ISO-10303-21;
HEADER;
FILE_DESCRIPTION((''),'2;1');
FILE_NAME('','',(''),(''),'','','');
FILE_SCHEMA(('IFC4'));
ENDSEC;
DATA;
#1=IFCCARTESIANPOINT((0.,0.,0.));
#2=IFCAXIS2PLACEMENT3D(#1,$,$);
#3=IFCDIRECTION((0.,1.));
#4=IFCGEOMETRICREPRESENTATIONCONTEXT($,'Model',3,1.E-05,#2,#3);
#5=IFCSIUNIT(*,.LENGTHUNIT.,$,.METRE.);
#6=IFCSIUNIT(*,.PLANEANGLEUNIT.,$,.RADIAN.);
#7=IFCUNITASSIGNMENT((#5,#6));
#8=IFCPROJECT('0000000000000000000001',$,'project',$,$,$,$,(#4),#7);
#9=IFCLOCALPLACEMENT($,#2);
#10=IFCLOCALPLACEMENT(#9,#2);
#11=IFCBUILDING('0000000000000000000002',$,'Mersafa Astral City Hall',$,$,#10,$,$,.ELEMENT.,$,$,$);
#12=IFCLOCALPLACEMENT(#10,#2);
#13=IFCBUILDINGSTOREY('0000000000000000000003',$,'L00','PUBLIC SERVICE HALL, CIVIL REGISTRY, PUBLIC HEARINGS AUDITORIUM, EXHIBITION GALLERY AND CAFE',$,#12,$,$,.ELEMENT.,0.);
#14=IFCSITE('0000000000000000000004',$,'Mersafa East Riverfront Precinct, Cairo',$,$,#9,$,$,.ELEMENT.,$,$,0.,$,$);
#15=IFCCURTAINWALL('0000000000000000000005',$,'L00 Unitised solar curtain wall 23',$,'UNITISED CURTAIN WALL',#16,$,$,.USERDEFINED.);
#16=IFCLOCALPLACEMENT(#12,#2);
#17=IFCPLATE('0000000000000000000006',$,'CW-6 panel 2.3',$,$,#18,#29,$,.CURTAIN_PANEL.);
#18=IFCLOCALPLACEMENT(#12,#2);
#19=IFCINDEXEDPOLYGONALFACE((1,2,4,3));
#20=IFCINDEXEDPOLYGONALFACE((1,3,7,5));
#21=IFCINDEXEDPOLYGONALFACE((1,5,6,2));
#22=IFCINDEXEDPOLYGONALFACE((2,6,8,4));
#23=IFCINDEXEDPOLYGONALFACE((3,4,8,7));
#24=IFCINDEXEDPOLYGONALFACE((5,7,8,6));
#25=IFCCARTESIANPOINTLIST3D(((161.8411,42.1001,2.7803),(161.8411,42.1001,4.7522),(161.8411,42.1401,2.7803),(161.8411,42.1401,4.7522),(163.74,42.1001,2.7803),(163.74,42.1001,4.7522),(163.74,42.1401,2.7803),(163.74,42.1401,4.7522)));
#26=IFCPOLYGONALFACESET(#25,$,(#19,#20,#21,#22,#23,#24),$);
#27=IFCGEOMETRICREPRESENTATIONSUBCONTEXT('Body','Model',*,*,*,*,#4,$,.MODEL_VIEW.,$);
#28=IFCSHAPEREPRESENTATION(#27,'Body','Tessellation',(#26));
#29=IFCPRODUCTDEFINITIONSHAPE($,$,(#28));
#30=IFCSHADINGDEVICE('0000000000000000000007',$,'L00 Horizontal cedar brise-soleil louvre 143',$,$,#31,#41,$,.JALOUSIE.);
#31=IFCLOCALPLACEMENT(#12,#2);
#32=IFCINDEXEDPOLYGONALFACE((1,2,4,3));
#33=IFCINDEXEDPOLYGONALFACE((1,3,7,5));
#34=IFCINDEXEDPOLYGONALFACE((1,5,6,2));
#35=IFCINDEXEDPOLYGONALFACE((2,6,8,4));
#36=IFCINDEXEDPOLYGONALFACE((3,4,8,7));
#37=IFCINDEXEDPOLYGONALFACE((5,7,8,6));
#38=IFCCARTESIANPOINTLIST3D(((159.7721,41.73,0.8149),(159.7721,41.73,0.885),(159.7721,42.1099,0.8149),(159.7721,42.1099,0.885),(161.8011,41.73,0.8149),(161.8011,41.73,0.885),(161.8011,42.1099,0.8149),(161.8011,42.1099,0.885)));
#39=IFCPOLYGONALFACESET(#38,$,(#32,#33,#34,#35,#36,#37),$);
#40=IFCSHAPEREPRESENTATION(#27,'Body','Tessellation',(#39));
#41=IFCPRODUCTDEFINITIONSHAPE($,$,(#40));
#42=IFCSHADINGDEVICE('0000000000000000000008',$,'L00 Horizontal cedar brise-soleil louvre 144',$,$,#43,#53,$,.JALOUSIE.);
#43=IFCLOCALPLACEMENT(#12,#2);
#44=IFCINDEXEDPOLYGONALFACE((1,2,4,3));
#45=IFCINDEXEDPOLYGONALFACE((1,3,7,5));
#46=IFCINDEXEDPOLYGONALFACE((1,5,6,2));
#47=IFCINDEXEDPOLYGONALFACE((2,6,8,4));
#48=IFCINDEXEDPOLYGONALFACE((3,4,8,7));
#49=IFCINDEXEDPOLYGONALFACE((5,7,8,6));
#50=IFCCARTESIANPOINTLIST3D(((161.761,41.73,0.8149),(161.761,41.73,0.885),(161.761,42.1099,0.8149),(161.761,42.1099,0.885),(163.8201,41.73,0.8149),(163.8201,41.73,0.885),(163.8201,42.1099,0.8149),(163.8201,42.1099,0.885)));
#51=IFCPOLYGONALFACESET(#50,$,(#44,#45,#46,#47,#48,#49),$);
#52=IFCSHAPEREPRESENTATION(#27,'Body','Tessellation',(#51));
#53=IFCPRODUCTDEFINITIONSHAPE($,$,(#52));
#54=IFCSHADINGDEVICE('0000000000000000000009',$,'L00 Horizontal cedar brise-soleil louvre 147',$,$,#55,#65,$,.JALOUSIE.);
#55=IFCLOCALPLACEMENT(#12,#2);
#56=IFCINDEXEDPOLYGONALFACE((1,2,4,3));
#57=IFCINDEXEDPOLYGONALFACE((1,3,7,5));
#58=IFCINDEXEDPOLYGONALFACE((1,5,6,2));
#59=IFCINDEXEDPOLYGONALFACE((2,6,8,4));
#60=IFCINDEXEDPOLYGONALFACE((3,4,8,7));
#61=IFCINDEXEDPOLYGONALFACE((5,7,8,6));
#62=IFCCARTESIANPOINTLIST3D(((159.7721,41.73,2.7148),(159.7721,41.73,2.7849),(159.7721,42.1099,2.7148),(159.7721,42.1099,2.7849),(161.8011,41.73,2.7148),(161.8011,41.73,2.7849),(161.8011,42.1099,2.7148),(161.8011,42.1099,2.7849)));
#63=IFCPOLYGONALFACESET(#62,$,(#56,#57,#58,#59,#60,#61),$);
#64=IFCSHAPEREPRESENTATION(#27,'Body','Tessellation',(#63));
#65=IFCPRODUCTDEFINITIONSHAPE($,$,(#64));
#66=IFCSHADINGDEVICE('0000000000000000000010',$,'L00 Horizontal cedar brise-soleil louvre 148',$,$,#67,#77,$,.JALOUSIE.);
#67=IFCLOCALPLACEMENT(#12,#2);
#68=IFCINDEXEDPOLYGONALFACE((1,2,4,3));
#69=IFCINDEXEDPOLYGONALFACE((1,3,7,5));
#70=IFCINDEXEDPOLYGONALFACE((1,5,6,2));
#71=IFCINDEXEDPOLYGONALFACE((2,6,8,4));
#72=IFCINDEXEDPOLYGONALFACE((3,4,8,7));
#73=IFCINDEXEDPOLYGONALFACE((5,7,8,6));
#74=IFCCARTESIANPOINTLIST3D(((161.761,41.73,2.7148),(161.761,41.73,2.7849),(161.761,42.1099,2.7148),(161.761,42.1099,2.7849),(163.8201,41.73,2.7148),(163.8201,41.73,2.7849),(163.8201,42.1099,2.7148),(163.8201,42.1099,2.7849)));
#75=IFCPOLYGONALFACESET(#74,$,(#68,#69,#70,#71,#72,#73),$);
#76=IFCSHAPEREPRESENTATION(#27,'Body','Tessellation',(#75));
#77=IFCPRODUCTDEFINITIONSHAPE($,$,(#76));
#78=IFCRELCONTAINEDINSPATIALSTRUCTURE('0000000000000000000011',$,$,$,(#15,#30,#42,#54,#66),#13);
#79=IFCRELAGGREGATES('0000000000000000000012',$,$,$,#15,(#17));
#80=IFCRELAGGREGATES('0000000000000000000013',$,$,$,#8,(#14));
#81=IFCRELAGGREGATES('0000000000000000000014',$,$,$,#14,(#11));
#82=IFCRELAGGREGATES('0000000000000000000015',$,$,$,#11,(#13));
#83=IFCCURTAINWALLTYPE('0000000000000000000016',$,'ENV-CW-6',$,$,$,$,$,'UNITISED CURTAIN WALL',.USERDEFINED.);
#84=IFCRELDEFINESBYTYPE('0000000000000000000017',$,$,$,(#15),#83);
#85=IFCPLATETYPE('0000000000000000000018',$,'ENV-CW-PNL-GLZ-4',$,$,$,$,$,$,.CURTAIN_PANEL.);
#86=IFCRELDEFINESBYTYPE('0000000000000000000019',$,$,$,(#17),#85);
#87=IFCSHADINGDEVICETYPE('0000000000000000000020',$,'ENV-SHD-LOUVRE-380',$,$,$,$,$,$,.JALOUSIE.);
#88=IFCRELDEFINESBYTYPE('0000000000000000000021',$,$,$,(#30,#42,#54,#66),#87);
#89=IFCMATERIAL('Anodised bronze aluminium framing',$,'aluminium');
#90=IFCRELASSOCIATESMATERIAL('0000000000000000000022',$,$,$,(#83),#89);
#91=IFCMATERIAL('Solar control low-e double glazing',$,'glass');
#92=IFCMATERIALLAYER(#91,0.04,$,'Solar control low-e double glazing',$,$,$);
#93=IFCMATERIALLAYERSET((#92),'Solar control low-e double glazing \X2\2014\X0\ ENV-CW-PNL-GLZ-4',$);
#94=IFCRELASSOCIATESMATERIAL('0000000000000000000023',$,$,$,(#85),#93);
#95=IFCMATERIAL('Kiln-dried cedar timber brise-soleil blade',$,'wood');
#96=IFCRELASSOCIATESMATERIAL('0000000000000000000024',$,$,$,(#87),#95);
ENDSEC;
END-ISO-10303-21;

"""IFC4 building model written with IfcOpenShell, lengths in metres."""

from ifc_helpers import new_model, si_unit, direction, frame, origin, origin_2d, place, context, subcontext, project, spatial, rectangle, extrude, material, layer, layer_set, type_object, element, aggregate, save


model = new_model("IFC4")

# Units and contexts
model_context = context("Model", 3, precision=1e-05, world=origin(), true_north=direction((0.0, 1.0)))
body_context = subcontext(model_context, "Body", "Model", "MODEL_VIEW")
ifc_project = project(units=[si_unit("LENGTHUNIT", "METRE"), si_unit("PLANEANGLEUNIT", "RADIAN")], contexts=[model_context])

# Site, building, storey
site_placement = place(None, origin())
site = spatial("IfcSite", under=ifc_project, at=site_placement, Name="Mersafa East Riverfront Precinct, Cairo", CompositionType="ELEMENT", RefElevation=0.0)
building_placement = place(site_placement, origin())
building = spatial("IfcBuilding", under=site, at=building_placement, Name="Mersafa Astral City Hall", CompositionType="ELEMENT")
storey_placement = place(building_placement, origin())
storey = spatial("IfcBuildingStorey", under=building, at=storey_placement, Name="L00", Description="PUBLIC SERVICE HALL, CIVIL REGISTRY, PUBLIC HEARINGS AUDITORIUM, EXHIBITION GALLERY AND CAFE", CompositionType="ELEMENT", Elevation=0.0)

# Curtain wall
ifc_material_1 = material(Name="Anodised bronze aluminium framing", Category="aluminium")
curtain_wall_type = type_object("IfcCurtainWallType", Name="ENV-CW-6", ElementType="UNITISED CURTAIN WALL", PredefinedType="USERDEFINED", material=ifc_material_1)
curtain_wall_placement = place(storey_placement, origin())
curtain_wall = element("IfcCurtainWall", 1, at=curtain_wall_placement, inside=storey, type_object=curtain_wall_type, Name="L00 Unitised solar curtain wall 23", ObjectType="UNITISED CURTAIN WALL", PredefinedType="USERDEFINED")

# Plate
ifc_material_2 = material(Name="Solar control low-e double glazing", Category="glass")
ifc_layer = layer(ifc_material_2, 0.04, Name="Solar control low-e double glazing")
ifc_layer_set = layer_set([ifc_layer], Name="Solar control low-e double glazing — ENV-CW-PNL-GLZ-4")
plate_type = type_object("IfcPlateType", Name="ENV-CW-PNL-GLZ-4", PredefinedType="CURTAIN_PANEL", material=ifc_layer_set)
plate_1_placement = place(storey_placement, frame((162.7905, 42.1201, 2.7803), z_axis=(0.0, 0.0, 1.0), x_axis=(1.0, 0.0, 0.0)))
plate_1 = element("IfcPlate", 2, at=plate_1_placement, type_object=plate_type, Name="CW-6 panel 2.3", PredefinedType="CURTAIN_PANEL", context=body_context, shape_type="SweptSolid", body=[
    extrude(rectangle(XDim=1.8989, YDim=0.04, at=origin_2d()), origin(), (0.0, 0.0, 1.0), 1.9719),
])
aggregate(curtain_wall, [plate_1])

# Shading devices
ifc_material_3 = material(Name="Kiln-dried cedar timber brise-soleil blade", Category="wood")
shading_device_type = type_object("IfcShadingDeviceType", Name="ENV-SHD-LOUVRE-380", PredefinedType="JALOUSIE", material=ifc_material_3)
shading_device_1_placement = place(storey_placement, frame((160.7866, 41.9199, 0.8149), z_axis=(0.0, 0.0, 1.0), x_axis=(1.0, 0.0, 0.0)))
element("IfcShadingDevice", 3, at=shading_device_1_placement, inside=storey, type_object=shading_device_type, Name="L00 Horizontal cedar brise-soleil louvre 143", PredefinedType="JALOUSIE", context=body_context, shape_type="SweptSolid", body=[
    extrude(rectangle(XDim=2.0291, YDim=0.3799, at=origin_2d()), origin(), (0.0, 0.0, 1.0), 0.0701),
])
shading_device_2_placement = place(storey_placement, frame((162.7905, 41.9199, 0.8149), z_axis=(0.0, 0.0, 1.0), x_axis=(1.0, 0.0, 0.0)))
element("IfcShadingDevice", 4, at=shading_device_2_placement, inside=storey, type_object=shading_device_type, Name="L00 Horizontal cedar brise-soleil louvre 144", PredefinedType="JALOUSIE", context=body_context, shape_type="SweptSolid", body=[
    extrude(rectangle(XDim=2.0591, YDim=0.3799, at=origin_2d()), origin(), (0.0, 0.0, 1.0), 0.0701),
])
shading_device_3_placement = place(storey_placement, frame((160.7866, 41.9199, 2.7148), z_axis=(0.0, 0.0, 1.0), x_axis=(1.0, 0.0, 0.0)))
element("IfcShadingDevice", 5, at=shading_device_3_placement, inside=storey, type_object=shading_device_type, Name="L00 Horizontal cedar brise-soleil louvre 147", PredefinedType="JALOUSIE", context=body_context, shape_type="SweptSolid", body=[
    extrude(rectangle(XDim=2.0291, YDim=0.3799, at=origin_2d()), origin(), (0.0, 0.0, 1.0), 0.0701),
])
shading_device_4_placement = place(storey_placement, frame((162.7905, 41.9199, 2.7148), z_axis=(0.0, 0.0, 1.0), x_axis=(1.0, 0.0, 0.0)))
element("IfcShadingDevice", 6, at=shading_device_4_placement, inside=storey, type_object=shading_device_type, Name="L00 Horizontal cedar brise-soleil louvre 148", PredefinedType="JALOUSIE", context=body_context, shape_type="SweptSolid", body=[
    extrude(rectangle(XDim=2.0591, YDim=0.3799, at=origin_2d()), origin(), (0.0, 0.0, 1.0), 0.0701),
])

save(model, "model.ifc")
